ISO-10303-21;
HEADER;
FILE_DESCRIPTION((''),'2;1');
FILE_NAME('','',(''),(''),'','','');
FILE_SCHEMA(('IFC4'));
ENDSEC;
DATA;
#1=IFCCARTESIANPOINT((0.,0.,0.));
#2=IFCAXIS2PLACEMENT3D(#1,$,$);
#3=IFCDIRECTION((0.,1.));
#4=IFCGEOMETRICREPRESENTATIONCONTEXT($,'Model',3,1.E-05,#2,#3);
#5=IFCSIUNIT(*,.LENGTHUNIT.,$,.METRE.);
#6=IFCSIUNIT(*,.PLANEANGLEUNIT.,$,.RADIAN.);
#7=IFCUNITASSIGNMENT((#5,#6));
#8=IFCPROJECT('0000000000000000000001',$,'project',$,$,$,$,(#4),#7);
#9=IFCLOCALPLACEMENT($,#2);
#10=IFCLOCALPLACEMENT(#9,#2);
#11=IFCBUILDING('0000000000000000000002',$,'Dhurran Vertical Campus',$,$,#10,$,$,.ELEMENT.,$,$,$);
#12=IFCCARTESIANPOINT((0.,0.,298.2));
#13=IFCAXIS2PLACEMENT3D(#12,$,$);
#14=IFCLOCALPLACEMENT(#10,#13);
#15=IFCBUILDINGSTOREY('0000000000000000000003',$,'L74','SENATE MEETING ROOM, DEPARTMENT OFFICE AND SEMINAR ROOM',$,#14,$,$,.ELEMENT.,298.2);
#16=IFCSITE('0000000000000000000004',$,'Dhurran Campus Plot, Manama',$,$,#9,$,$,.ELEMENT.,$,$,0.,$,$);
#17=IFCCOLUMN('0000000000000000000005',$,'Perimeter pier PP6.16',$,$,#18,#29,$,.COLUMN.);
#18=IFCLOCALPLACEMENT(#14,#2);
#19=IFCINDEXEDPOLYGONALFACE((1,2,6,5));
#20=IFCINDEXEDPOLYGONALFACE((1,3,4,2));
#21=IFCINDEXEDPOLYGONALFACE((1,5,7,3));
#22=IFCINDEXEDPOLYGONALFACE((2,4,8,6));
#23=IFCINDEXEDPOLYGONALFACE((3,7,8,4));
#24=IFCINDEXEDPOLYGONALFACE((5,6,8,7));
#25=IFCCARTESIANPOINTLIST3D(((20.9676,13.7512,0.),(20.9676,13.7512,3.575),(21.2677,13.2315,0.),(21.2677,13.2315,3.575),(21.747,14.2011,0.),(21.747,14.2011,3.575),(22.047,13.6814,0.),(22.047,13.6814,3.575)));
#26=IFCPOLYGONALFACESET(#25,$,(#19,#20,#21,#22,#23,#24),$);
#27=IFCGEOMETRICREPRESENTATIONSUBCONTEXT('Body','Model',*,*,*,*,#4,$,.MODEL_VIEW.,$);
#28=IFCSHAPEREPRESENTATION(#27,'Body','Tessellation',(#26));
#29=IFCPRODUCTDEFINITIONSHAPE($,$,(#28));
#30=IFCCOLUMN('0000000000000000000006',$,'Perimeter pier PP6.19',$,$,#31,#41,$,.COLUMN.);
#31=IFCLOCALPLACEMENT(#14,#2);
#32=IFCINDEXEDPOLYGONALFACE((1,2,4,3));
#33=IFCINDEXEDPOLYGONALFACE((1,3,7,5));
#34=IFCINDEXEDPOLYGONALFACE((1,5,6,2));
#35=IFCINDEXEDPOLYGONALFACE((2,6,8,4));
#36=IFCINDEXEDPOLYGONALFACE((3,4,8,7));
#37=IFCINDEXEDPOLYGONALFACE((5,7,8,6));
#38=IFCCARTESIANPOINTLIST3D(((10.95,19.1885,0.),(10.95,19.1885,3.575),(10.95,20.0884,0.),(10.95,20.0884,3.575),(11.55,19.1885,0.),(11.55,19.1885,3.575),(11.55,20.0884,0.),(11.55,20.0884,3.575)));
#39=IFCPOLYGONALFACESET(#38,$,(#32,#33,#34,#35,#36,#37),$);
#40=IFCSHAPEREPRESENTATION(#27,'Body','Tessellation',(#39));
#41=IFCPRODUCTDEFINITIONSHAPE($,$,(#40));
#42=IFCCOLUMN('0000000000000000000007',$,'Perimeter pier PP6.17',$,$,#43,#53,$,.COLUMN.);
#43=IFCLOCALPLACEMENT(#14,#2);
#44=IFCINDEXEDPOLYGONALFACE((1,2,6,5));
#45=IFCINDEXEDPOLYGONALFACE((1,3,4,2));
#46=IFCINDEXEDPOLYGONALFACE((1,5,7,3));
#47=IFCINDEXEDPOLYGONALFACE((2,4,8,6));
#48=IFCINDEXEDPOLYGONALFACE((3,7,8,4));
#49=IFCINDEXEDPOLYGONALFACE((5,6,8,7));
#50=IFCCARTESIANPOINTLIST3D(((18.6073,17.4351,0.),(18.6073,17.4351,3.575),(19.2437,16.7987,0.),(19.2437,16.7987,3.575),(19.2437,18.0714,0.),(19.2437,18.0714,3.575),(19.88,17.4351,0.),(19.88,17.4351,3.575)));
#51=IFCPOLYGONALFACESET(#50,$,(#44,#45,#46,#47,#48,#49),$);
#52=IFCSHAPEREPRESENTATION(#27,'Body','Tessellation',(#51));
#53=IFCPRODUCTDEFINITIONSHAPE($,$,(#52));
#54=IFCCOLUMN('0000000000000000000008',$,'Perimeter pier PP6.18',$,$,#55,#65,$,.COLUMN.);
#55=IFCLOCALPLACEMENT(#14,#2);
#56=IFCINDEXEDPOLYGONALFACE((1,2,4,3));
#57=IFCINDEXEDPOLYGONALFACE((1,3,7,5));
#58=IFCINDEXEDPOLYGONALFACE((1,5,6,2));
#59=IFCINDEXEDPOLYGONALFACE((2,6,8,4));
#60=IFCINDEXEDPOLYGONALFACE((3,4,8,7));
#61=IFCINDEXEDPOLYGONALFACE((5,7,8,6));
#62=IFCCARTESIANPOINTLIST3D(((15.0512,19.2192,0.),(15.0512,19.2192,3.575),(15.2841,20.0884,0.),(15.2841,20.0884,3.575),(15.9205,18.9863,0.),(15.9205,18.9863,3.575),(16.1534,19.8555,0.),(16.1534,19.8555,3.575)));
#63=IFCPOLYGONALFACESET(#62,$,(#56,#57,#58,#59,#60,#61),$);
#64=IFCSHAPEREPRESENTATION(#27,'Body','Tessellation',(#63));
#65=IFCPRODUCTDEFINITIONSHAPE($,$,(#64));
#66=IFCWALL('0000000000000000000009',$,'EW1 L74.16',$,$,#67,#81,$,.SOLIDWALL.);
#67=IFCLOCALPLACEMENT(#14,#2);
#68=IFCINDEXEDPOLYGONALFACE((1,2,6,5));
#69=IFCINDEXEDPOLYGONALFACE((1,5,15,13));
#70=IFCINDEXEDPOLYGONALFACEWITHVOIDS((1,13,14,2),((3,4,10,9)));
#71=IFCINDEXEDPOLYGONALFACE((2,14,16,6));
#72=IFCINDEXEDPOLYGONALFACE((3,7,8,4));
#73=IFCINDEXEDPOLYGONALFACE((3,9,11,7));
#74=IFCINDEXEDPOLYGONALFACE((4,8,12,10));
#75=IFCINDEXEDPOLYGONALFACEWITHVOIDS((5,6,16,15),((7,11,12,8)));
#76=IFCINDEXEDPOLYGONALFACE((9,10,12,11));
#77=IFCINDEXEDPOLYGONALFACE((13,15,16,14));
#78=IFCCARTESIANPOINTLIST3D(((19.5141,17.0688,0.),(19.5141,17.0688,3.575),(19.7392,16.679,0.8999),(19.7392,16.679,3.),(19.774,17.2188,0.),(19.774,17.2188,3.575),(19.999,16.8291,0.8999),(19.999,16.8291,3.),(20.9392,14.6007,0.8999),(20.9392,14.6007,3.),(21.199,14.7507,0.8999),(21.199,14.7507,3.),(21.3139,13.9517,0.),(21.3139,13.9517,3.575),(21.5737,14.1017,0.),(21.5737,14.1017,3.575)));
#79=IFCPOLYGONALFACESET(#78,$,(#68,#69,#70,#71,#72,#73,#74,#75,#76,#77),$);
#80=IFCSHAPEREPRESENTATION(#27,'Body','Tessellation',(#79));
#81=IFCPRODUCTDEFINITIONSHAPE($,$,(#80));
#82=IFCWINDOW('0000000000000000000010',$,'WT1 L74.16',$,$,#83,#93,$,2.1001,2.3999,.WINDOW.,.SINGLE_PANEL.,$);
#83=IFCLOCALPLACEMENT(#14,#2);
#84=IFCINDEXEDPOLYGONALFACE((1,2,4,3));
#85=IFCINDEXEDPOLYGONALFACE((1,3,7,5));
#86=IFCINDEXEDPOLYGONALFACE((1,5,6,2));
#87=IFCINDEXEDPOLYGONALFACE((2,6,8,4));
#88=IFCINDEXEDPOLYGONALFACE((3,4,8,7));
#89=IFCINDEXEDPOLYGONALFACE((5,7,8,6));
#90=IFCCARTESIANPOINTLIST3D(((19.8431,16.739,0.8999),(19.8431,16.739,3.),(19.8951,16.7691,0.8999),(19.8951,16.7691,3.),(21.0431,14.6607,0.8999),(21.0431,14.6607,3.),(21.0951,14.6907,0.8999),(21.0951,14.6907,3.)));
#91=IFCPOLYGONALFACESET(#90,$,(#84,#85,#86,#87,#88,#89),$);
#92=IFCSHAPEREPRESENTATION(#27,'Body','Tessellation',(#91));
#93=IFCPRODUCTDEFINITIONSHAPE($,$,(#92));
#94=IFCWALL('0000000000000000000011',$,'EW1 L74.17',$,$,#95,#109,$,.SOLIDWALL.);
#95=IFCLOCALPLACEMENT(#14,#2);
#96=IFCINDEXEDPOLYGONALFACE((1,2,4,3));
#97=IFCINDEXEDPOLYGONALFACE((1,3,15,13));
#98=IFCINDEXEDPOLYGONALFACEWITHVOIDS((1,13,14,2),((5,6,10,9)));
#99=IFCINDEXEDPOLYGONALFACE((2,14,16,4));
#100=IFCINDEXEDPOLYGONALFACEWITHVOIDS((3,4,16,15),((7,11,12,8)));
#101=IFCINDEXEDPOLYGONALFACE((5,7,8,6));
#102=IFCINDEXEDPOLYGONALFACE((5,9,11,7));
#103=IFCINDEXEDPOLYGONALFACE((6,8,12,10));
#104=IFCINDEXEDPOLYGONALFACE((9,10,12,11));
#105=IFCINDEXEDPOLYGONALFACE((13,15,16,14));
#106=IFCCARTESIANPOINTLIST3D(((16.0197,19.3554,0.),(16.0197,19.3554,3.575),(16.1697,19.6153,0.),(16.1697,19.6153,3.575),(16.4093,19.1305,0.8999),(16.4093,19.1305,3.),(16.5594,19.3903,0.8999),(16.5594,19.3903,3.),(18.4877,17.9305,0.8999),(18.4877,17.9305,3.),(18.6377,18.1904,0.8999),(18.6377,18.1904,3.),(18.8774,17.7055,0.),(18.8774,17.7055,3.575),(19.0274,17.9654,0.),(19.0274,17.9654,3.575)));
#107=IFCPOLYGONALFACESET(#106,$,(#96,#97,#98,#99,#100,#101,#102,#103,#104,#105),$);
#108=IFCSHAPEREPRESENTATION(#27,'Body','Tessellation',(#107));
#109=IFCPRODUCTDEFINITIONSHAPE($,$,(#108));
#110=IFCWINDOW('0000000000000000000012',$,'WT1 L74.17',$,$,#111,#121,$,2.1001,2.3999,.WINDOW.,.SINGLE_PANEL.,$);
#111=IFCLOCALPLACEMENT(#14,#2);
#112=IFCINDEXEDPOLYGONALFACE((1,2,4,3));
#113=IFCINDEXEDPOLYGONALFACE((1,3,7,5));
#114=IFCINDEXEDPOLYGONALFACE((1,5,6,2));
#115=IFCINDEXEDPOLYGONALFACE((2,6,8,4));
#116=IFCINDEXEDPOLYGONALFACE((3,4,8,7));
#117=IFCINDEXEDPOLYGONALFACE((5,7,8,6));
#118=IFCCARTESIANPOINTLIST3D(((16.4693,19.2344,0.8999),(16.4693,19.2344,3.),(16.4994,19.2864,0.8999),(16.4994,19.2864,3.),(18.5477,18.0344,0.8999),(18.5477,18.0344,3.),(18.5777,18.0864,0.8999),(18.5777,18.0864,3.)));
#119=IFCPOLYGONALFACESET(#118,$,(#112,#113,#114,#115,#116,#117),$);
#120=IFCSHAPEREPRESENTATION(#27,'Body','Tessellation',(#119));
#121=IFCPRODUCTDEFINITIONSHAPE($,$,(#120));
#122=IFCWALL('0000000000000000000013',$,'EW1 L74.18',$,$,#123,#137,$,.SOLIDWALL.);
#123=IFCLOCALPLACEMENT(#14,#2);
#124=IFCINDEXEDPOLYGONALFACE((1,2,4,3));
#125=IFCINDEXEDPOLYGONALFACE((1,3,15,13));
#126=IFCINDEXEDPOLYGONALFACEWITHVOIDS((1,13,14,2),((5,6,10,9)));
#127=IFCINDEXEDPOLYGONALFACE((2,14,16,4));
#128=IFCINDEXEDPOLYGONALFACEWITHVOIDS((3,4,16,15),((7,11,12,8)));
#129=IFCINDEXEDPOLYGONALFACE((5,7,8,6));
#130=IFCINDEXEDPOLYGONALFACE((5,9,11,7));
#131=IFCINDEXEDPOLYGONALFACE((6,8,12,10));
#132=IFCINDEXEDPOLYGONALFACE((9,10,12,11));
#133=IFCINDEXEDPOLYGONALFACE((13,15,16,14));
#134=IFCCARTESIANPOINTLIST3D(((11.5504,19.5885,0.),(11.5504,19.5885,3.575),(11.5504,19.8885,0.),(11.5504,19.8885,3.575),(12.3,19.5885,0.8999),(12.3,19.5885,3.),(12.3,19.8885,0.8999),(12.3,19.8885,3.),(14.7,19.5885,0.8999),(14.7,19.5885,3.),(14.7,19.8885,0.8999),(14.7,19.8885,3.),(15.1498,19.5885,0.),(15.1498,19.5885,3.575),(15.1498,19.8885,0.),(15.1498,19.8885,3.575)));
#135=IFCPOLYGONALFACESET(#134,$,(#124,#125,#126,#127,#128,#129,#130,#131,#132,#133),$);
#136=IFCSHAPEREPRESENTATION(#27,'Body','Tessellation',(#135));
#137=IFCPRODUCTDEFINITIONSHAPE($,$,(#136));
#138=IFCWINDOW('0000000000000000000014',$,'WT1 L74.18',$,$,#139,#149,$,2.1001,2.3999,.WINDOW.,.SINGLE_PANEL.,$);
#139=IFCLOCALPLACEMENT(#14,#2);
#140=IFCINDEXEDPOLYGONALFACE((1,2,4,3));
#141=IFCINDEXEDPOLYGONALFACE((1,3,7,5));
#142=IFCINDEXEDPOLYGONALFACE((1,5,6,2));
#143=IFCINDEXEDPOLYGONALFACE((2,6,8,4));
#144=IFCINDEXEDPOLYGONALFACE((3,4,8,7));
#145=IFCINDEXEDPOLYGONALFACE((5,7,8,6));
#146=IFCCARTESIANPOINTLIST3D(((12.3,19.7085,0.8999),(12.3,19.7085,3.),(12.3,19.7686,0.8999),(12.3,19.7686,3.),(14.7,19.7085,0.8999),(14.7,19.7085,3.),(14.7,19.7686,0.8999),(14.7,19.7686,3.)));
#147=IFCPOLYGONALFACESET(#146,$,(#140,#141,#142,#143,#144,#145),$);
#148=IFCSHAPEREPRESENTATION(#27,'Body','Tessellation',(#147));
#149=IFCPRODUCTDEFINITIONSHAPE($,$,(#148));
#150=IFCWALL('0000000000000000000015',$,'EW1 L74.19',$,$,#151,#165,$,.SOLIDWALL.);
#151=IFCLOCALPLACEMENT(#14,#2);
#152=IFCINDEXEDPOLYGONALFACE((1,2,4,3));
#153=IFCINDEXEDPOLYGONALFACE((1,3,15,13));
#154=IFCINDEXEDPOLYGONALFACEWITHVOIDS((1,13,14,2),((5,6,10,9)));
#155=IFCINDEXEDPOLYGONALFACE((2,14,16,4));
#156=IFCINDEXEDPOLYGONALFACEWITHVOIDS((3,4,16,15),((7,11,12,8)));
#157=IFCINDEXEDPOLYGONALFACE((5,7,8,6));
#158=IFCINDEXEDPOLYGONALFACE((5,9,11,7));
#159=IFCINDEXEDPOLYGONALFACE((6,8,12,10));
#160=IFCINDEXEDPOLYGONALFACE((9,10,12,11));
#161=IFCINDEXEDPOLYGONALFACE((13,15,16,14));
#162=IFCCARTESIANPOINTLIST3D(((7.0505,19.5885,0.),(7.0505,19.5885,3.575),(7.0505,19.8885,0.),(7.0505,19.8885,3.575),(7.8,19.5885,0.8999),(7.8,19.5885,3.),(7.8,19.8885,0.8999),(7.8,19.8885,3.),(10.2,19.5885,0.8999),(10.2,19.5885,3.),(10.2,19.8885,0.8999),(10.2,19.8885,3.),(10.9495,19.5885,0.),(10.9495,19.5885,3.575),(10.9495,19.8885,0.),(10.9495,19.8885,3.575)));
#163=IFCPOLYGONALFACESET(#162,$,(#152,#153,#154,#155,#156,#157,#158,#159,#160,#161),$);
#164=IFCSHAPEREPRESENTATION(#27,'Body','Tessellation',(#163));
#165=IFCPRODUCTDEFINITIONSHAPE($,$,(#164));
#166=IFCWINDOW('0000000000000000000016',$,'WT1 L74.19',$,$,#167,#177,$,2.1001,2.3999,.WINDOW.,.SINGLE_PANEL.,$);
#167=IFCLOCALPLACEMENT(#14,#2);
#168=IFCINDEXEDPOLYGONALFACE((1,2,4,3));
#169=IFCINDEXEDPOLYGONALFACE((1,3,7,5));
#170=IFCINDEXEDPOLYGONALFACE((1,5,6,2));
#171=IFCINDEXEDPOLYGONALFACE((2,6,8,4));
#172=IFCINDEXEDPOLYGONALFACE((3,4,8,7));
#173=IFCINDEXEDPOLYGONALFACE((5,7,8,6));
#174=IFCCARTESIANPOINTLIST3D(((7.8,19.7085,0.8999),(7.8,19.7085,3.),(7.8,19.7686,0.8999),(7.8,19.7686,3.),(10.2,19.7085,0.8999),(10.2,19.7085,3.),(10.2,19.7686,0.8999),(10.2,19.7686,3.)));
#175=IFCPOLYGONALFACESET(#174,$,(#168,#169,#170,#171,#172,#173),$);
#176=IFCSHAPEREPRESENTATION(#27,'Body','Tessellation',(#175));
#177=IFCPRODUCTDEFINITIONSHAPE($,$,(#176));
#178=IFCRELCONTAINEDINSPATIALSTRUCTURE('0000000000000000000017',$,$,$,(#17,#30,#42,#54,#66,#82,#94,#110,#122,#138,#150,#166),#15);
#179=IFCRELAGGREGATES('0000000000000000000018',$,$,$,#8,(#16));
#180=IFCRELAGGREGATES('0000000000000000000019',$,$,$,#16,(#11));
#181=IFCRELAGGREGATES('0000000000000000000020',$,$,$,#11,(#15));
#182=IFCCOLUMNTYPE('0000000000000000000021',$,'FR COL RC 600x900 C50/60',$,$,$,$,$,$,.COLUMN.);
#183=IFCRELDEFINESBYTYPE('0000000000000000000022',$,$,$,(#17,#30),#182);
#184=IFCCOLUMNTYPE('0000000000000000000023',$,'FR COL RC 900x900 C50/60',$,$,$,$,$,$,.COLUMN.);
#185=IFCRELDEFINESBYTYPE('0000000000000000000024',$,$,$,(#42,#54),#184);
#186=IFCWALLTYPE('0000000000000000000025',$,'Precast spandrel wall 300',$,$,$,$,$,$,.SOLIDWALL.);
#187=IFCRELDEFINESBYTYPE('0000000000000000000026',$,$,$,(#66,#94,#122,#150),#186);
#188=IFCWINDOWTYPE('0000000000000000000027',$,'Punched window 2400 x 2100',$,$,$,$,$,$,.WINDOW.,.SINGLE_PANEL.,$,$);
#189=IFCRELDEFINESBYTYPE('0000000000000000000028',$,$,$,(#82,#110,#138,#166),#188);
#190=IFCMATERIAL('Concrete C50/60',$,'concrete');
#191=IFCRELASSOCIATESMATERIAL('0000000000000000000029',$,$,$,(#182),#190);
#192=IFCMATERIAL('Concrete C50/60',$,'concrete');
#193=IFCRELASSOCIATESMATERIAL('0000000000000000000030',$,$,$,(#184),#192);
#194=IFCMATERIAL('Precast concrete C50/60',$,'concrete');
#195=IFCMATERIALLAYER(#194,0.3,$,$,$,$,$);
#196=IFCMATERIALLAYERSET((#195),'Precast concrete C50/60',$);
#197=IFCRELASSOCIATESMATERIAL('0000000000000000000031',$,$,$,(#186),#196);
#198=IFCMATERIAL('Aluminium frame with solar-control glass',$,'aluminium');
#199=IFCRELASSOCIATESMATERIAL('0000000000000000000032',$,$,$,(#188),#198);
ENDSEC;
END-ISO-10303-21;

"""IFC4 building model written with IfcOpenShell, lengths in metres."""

from ifc_helpers import new_model, si_unit, direction, frame, frame_2d, origin, origin_2d, place, context, subcontext, project, spatial, rectangle, extrude, material, layer, layer_set, material_profile, profile_set, type_object, element, fill, save


model = new_model("IFC4")

# Units and contexts
model_context = context("Model", 3, precision=1e-05, world=origin(), true_north=direction((0.0, 1.0)))
body_context = subcontext(model_context, "Body", "Model", "MODEL_VIEW")
ifc_project = project(units=[si_unit("LENGTHUNIT", "METRE"), si_unit("PLANEANGLEUNIT", "RADIAN")], contexts=[model_context])

# Site, building, storey
site_placement = place(None, origin())
site = spatial("IfcSite", under=ifc_project, at=site_placement, Name="Dhurran Campus Plot, Manama", CompositionType="ELEMENT", RefElevation=0.0)
building_placement = place(site_placement, origin())
building = spatial("IfcBuilding", under=site, at=building_placement, Name="Dhurran Vertical Campus", CompositionType="ELEMENT")
storey_placement = place(building_placement, frame((0.0, 0.0, 298.2)))
storey = spatial("IfcBuildingStorey", under=building, at=storey_placement, Name="L74", Description="SENATE MEETING ROOM, DEPARTMENT OFFICE AND SEMINAR ROOM", CompositionType="ELEMENT", Elevation=298.2)

# Columns
ifc_material_1 = material(Name="Concrete C50/60", Category="concrete")
ifc_material_profile_1 = material_profile(ifc_material_1, rectangle(XDim=0.6001, YDim=0.8999, at=origin_2d()), Name="RC 600x900")
ifc_profile_set_1 = profile_set([ifc_material_profile_1], Name="Concrete C50/60")
column_type_1 = type_object("IfcColumnType", Name="FR COL RC 600x900 C50/60", PredefinedType="COLUMN", material=ifc_profile_set_1)
for number, where, z_axis, x_axis, name in (
    (1, (21.5073, 13.7163, 0.0), (0.0, 0.0, 1.0), (-0.5, 0.866025, 0.0), "Perimeter pier PP6.16"),
    (2, (11.25, 19.6384, 0.0), (0.0, 0.0, 1.0), (-1.0, 0.0, 0.0), "Perimeter pier PP6.19"),
):
    element("IfcColumn", number, at=place(storey_placement, frame(where, z_axis=z_axis, x_axis=x_axis)), inside=storey, type_object=column_type_1, Name=name, PredefinedType="COLUMN", context=body_context, shape_type="SweptSolid", body=[
        extrude(rectangle(XDim=0.6001, YDim=0.8999, at=origin_2d()), origin(), (0.0, 0.0, 1.0), 3.575),
    ])
ifc_material_2 = material(Name="Concrete C50/60", Category="concrete")
ifc_material_profile_2 = material_profile(ifc_material_2, rectangle(XDim=0.8999, YDim=0.8999, at=origin_2d()), Name="RC 900x900")
ifc_profile_set_2 = profile_set([ifc_material_profile_2], Name="Concrete C50/60")
column_type_2 = type_object("IfcColumnType", Name="FR COL RC 900x900 C50/60", PredefinedType="COLUMN", material=ifc_profile_set_2)
for number, where, z_axis, x_axis, name in (
    (3, (19.2437, 17.4351, 0.0), (0.0, 0.0, 1.0), (-0.707107, 0.707107, 0.0), "Perimeter pier PP6.17"),
    (4, (15.6023, 19.5374, 0.0), (0.0, 0.0, 1.0), (-0.965926, 0.258819, 0.0), "Perimeter pier PP6.18"),
):
    element("IfcColumn", number, at=place(storey_placement, frame(where, z_axis=z_axis, x_axis=x_axis)), inside=storey, type_object=column_type_2, Name=name, PredefinedType="COLUMN", context=body_context, shape_type="SweptSolid", body=[
        extrude(rectangle(XDim=0.8999, YDim=0.8999, at=origin_2d()), origin(), (0.0, 0.0, 1.0), 3.575),
    ])

# Walls, openings, windows
ifc_material_3 = material(Name="Precast concrete C50/60", Category="concrete")
ifc_layer_1 = layer(ifc_material_3, 0.3)
ifc_layer_set_1 = layer_set([ifc_layer_1], Name="Precast concrete C50/60")
wall_type_1 = type_object("IfcWallType", Name="Precast spandrel wall 300", PredefinedType="SOLIDWALL", material=ifc_layer_set_1)
wall_1_placement = place(storey_placement, frame((21.4438, 14.0266, 0.0), z_axis=(0.0, 0.0, 1.0), x_axis=(-0.50002, 0.866014, 0.0)))
wall_1 = element("IfcWall", 5, at=wall_1_placement, inside=storey, type_object=wall_type_1, Name="EW1 L74.16", PredefinedType="SOLIDWALL", context=body_context, shape_type="SweptSolid", body=[
    extrude(rectangle(XDim=3.5994, YDim=0.3, at=frame_2d((1.7998, 0.0))), origin(), (0.0, 0.0, 1.0), 3.575),
])
opening_1_placement = place(wall_1_placement, frame((0.7495, 0.0, 0.8999)))
opening_1 = element("IfcOpeningElement", 6, at=opening_1_placement, cuts=wall_1, PredefinedType="OPENING", context=body_context, shape_type="SweptSolid", body=[
    extrude(rectangle(XDim=2.3999, YDim=2.1001, at=frame_2d((1.2, 1.05))), frame((0.0, 0.1599, 0.0), z_axis=(0.0, -1.0, 0.0), x_axis=(1.0, 0.0, 0.0)), (0.0, 0.0, 1.0), 0.3201),
])
ifc_material_4 = material(Name="Aluminium frame with solar-control glass", Category="aluminium")
window_type = type_object("IfcWindowType", Name="Punched window 2400 x 2100", PartitioningType="SINGLE_PANEL", PredefinedType="WINDOW", material=ifc_material_4)
window_1_placement = place(opening_1_placement, origin())
window_1 = element("IfcWindow", 7, at=window_1_placement, inside=storey, type_object=window_type, Name="WT1 L74.16", OverallHeight=2.1001, OverallWidth=2.3999, PartitioningType="SINGLE_PANEL", PredefinedType="WINDOW", context=body_context, shape_type="SweptSolid", body=[
    extrude(rectangle(XDim=2.3999, YDim=2.1001, at=frame_2d((1.2, 1.05))), frame((0.0, 0.03, 0.0), z_axis=(0.0, -1.0, 0.0), x_axis=(1.0, 0.0, 0.0)), (0.0, 0.0, 1.0), 0.0601),
])
fill(opening_1, window_1)
wall_2_placement = place(storey_placement, frame((18.9524, 17.8354, 0.0), z_axis=(0.0, 0.0, 1.0), x_axis=(-0.866022, 0.500006, 0.0)))
wall_2 = element("IfcWall", 8, at=wall_2_placement, inside=storey, type_object=wall_type_1, Name="EW1 L74.17", PredefinedType="SOLIDWALL", context=body_context, shape_type="SweptSolid", body=[
    extrude(rectangle(XDim=3.2998, YDim=0.3, at=frame_2d((1.6499, 0.0))), origin(), (0.0, 0.0, 1.0), 3.575),
])
opening_2_placement = place(wall_2_placement, frame((0.45, 0.0, 0.8999)))
opening_2 = element("IfcOpeningElement", 9, at=opening_2_placement, cuts=wall_2, PredefinedType="OPENING", context=body_context, shape_type="SweptSolid", body=[
    extrude(rectangle(XDim=2.3999, YDim=2.1001, at=frame_2d((1.2, 1.05))), frame((0.0, 0.1599, 0.0), z_axis=(0.0, -1.0, 0.0), x_axis=(1.0, 0.0, 0.0)), (0.0, 0.0, 1.0), 0.3201),
])
window_2_placement = place(opening_2_placement, origin())
window_2 = element("IfcWindow", 10, at=window_2_placement, inside=storey, type_object=window_type, Name="WT1 L74.17", OverallHeight=2.1001, OverallWidth=2.3999, PartitioningType="SINGLE_PANEL", PredefinedType="WINDOW", context=body_context, shape_type="SweptSolid", body=[
    extrude(rectangle(XDim=2.3999, YDim=2.1001, at=frame_2d((1.2, 1.05))), frame((0.0, 0.03, 0.0), z_axis=(0.0, -1.0, 0.0), x_axis=(1.0, 0.0, 0.0)), (0.0, 0.0, 1.0), 0.0601),
])
fill(opening_2, window_2)
wall_3_placement = place(storey_placement, frame((15.1499, 19.7385, 0.0), z_axis=(0.0, 0.0, 1.0), x_axis=(-1.0, 0.0, 0.0)))
wall_3 = element("IfcWall", 11, at=wall_3_placement, inside=storey, type_object=wall_type_1, Name="EW1 L74.18", PredefinedType="SOLIDWALL", context=body_context, shape_type="SweptSolid", body=[
    extrude(rectangle(XDim=3.5994, YDim=0.3, at=frame_2d((1.7998, 0.0))), origin(), (0.0, 0.0, 1.0), 3.575),
])
opening_3_placement = place(wall_3_placement, frame((0.45, 0.0, 0.8999)))
opening_3 = element("IfcOpeningElement", 12, at=opening_3_placement, cuts=wall_3, PredefinedType="OPENING", context=body_context, shape_type="SweptSolid", body=[
    extrude(rectangle(XDim=2.3999, YDim=2.1001, at=frame_2d((1.2, 1.05))), frame((0.0, 0.1599, 0.0), z_axis=(0.0, -1.0, 0.0), x_axis=(1.0, 0.0, 0.0)), (0.0, 0.0, 1.0), 0.3201),
])
window_3_placement = place(opening_3_placement, origin())
window_3 = element("IfcWindow", 13, at=window_3_placement, inside=storey, type_object=window_type, Name="WT1 L74.18", OverallHeight=2.1001, OverallWidth=2.3999, PartitioningType="SINGLE_PANEL", PredefinedType="WINDOW", context=body_context, shape_type="SweptSolid", body=[
    extrude(rectangle(XDim=2.3999, YDim=2.1001, at=frame_2d((1.2, 1.05))), frame((0.0, 0.03, 0.0), z_axis=(0.0, -1.0, 0.0), x_axis=(1.0, 0.0, 0.0)), (0.0, 0.0, 1.0), 0.0601),
])
fill(opening_3, window_3)
wall_4_placement = place(storey_placement, frame((10.9495, 19.7385, 0.0), z_axis=(0.0, 0.0, 1.0), x_axis=(-1.0, 0.0, 0.0)))
wall_4 = element("IfcWall", 14, at=wall_4_placement, inside=storey, type_object=wall_type_1, Name="EW1 L74.19", PredefinedType="SOLIDWALL", context=body_context, shape_type="SweptSolid", body=[
    extrude(rectangle(XDim=3.8989, YDim=0.3, at=frame_2d((1.9495, 0.0))), origin(), (0.0, 0.0, 1.0), 3.575),
])
opening_4_placement = place(wall_4_placement, frame((0.7495, 0.0, 0.8999)))
opening_4 = element("IfcOpeningElement", 15, at=opening_4_placement, cuts=wall_4, PredefinedType="OPENING", context=body_context, shape_type="SweptSolid", body=[
    extrude(rectangle(XDim=2.3999, YDim=2.1001, at=frame_2d((1.2, 1.05))), frame((0.0, 0.1599, 0.0), z_axis=(0.0, -1.0, 0.0), x_axis=(1.0, 0.0, 0.0)), (0.0, 0.0, 1.0), 0.3201),
])
window_4_placement = place(opening_4_placement, origin())
window_4 = element("IfcWindow", 16, at=window_4_placement, inside=storey, type_object=window_type, Name="WT1 L74.19", OverallHeight=2.1001, OverallWidth=2.3999, PartitioningType="SINGLE_PANEL", PredefinedType="WINDOW", context=body_context, shape_type="SweptSolid", body=[
    extrude(rectangle(XDim=2.3999, YDim=2.1001, at=frame_2d((1.2, 1.05))), frame((0.0, 0.03, 0.0), z_axis=(0.0, -1.0, 0.0), x_axis=(1.0, 0.0, 0.0)), (0.0, 0.0, 1.0), 0.0601),
])
fill(opening_4, window_4)

save(model, "model.ifc")
